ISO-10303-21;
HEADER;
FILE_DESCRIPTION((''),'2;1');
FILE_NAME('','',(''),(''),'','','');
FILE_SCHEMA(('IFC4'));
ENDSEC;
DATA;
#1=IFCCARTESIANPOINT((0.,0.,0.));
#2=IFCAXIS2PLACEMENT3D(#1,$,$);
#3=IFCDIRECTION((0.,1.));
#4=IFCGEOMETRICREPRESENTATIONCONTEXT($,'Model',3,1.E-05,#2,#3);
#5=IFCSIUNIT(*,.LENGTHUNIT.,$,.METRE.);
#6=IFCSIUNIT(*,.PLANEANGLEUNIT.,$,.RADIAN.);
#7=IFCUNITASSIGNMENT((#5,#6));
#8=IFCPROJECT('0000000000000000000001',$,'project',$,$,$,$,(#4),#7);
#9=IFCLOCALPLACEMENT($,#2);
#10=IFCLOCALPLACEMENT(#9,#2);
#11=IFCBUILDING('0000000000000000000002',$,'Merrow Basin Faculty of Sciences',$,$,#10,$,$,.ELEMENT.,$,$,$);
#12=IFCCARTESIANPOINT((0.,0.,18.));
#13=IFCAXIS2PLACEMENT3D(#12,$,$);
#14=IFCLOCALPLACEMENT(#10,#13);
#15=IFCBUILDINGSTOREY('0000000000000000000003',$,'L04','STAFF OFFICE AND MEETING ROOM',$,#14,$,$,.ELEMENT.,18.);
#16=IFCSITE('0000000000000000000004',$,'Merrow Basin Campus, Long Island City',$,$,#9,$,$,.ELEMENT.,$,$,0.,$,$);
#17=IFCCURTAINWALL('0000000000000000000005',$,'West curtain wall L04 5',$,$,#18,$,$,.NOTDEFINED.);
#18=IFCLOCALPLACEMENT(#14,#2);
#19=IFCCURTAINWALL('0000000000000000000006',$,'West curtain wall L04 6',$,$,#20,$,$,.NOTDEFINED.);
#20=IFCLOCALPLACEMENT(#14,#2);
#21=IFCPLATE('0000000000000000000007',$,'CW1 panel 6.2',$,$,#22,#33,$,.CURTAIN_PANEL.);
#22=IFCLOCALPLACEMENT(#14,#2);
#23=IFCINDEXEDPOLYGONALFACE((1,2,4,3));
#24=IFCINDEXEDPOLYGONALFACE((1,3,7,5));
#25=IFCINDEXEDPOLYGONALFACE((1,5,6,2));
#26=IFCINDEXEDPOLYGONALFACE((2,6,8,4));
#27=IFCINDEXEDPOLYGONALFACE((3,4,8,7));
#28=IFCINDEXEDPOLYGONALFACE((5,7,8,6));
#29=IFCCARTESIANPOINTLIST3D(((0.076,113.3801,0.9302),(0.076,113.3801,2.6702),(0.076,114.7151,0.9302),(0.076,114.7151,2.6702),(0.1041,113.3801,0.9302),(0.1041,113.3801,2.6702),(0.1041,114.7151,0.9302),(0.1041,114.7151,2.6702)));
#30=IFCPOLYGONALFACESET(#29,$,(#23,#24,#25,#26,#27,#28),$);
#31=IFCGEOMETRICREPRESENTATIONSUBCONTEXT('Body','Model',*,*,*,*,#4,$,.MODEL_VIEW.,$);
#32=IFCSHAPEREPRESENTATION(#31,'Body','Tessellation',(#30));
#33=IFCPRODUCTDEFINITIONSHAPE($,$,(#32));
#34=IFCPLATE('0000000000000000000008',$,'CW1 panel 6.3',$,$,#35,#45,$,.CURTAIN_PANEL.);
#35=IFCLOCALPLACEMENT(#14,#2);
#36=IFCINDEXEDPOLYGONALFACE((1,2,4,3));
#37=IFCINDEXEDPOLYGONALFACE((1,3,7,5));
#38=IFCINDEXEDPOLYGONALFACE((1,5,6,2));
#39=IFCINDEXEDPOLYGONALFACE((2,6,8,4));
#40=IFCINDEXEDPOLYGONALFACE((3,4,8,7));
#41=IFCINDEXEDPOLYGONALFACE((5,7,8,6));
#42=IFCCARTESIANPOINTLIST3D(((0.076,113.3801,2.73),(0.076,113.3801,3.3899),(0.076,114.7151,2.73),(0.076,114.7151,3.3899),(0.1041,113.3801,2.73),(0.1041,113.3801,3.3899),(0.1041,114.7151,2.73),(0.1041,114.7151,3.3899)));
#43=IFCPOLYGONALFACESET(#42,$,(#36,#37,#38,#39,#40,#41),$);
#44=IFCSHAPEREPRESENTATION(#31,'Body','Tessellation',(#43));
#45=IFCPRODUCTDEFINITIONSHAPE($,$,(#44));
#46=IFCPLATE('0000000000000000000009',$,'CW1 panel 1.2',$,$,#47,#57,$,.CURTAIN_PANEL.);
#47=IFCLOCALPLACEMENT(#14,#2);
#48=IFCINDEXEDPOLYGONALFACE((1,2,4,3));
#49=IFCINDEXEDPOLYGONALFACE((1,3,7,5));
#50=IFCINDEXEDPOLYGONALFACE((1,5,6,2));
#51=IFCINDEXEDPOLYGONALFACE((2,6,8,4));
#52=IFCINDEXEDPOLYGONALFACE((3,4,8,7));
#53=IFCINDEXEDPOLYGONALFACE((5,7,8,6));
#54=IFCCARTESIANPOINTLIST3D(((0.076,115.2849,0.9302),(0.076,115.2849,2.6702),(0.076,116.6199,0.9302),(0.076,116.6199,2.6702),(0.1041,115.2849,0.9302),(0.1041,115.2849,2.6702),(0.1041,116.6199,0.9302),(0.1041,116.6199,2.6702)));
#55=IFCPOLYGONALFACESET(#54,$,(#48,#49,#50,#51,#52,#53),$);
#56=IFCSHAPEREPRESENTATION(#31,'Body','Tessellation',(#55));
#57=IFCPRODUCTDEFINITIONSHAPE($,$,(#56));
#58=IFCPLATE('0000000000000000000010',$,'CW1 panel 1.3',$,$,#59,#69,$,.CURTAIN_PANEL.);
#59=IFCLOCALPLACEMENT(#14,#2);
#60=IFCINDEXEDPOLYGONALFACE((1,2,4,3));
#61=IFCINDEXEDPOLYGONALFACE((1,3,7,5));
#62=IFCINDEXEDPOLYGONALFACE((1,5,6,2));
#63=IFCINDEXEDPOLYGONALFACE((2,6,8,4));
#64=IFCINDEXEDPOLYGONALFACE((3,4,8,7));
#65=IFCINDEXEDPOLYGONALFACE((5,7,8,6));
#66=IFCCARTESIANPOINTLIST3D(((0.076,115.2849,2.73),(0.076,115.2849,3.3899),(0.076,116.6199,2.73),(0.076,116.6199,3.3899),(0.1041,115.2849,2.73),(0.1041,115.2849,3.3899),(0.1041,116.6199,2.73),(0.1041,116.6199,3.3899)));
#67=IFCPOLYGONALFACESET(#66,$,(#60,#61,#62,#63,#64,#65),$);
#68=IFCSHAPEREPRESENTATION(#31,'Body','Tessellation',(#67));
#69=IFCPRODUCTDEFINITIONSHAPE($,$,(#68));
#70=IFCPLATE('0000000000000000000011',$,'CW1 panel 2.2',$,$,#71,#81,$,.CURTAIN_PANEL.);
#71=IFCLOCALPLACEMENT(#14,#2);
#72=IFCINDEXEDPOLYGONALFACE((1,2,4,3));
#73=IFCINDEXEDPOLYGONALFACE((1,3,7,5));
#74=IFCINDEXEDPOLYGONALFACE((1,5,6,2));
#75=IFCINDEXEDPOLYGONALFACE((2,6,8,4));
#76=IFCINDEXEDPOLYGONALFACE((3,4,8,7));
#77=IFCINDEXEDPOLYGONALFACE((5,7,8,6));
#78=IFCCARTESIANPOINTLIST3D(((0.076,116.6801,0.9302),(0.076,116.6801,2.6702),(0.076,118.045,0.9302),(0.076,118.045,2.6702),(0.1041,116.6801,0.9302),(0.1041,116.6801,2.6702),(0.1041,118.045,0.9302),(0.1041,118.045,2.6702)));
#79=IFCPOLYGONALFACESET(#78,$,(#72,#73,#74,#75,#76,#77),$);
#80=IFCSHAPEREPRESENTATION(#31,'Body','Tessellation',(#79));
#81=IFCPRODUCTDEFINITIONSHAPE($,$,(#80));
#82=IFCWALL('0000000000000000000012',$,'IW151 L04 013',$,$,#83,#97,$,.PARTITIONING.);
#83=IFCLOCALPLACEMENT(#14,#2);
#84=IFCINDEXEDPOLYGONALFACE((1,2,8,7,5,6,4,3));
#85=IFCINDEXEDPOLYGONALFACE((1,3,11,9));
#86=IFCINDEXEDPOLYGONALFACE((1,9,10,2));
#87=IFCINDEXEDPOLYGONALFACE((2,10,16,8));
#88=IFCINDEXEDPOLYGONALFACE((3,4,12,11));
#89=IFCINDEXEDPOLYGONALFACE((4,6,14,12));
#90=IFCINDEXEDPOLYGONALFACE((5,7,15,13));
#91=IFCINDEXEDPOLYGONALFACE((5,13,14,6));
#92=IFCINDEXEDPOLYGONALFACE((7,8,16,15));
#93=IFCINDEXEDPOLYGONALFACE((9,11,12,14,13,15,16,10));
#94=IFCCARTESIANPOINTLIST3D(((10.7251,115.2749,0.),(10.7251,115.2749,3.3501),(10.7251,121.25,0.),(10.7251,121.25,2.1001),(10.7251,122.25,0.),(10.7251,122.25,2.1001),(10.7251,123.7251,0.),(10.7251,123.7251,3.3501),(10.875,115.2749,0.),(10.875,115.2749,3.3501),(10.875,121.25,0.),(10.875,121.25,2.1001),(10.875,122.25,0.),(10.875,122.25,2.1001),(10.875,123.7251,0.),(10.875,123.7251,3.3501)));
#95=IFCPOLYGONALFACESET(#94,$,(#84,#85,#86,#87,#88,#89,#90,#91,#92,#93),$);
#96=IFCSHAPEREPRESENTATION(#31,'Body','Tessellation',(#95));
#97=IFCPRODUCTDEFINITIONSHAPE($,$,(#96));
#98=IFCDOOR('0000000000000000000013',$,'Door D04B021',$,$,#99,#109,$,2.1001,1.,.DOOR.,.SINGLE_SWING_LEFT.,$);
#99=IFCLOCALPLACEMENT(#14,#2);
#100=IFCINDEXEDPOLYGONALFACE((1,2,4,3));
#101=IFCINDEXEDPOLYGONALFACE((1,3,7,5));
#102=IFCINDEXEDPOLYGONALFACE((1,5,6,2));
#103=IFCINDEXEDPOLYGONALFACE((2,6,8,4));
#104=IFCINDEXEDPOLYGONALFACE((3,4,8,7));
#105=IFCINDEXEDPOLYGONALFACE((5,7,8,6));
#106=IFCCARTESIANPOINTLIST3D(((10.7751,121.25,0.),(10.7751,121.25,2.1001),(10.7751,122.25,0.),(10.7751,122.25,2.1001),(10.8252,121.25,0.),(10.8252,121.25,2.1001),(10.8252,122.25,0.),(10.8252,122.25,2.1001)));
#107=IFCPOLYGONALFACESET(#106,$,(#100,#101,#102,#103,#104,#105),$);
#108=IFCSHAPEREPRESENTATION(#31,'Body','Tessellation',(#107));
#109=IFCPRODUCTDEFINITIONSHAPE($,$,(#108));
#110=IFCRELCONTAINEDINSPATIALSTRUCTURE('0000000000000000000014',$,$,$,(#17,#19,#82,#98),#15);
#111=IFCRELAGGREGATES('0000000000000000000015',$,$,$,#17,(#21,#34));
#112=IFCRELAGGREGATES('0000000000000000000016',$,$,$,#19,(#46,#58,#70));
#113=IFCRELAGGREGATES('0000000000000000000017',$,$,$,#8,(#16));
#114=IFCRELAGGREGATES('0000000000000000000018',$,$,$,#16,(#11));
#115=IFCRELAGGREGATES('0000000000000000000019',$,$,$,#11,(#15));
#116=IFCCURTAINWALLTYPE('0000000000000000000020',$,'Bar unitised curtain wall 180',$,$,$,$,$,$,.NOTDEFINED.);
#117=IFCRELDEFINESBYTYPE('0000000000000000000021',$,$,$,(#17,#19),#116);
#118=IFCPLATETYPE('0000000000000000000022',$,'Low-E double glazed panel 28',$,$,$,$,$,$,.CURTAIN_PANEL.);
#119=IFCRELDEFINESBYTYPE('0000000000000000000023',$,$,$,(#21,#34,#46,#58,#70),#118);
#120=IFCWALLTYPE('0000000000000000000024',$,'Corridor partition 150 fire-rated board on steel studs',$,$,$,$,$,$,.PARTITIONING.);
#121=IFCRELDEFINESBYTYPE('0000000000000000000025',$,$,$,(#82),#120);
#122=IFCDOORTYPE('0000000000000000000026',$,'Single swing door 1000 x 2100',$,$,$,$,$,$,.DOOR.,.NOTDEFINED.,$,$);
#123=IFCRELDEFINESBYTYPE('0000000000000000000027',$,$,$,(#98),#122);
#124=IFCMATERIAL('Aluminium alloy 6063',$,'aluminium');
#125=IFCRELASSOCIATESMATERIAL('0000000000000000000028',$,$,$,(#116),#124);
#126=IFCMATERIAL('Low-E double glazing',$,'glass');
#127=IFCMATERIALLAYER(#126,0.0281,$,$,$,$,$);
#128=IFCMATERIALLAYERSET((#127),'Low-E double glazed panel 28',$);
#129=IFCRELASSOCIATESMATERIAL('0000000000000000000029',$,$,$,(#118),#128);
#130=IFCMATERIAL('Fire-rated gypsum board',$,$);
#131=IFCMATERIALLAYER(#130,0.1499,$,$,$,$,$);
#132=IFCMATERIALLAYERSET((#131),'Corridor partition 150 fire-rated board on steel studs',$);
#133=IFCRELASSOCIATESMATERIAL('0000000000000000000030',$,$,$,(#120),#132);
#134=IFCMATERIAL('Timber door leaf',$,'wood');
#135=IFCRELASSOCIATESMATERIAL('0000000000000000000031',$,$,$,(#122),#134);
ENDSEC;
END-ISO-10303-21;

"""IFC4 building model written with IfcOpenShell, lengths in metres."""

from ifc_helpers import new_model, si_unit, direction, frame, frame_2d, origin, origin_2d, place, context, subcontext, project, spatial, rectangle, extrude, material, layer, layer_set, type_object, element, fill, aggregate, save


model = new_model("IFC4")

# Units and contexts
model_context = context("Model", 3, precision=1e-05, world=origin(), true_north=direction((0.0, 1.0)))
body_context = subcontext(model_context, "Body", "Model", "MODEL_VIEW")
ifc_project = project(units=[si_unit("LENGTHUNIT", "METRE"), si_unit("PLANEANGLEUNIT", "RADIAN")], contexts=[model_context])

# Site, building, storey
site_placement = place(None, origin())
site = spatial("IfcSite", under=ifc_project, at=site_placement, Name="Merrow Basin Campus, Long Island City", CompositionType="ELEMENT", RefElevation=0.0)
building_placement = place(site_placement, origin())
building = spatial("IfcBuilding", under=site, at=building_placement, Name="Merrow Basin Faculty of Sciences", CompositionType="ELEMENT")
storey_placement = place(building_placement, frame((0.0, 0.0, 18.0)))
storey = spatial("IfcBuildingStorey", under=building, at=storey_placement, Name="L04", Description="STAFF OFFICE AND MEETING ROOM", CompositionType="ELEMENT", Elevation=18.0)

# Curtain walls
ifc_material_1 = material(Name="Aluminium alloy 6063", Category="aluminium")
curtain_wall_type = type_object("IfcCurtainWallType", Name="Bar unitised curtain wall 180", PredefinedType="NOTDEFINED", material=ifc_material_1)
curtain_wall_1_placement = place(storey_placement, origin())
curtain_wall_1 = element("IfcCurtainWall", 1, at=curtain_wall_1_placement, inside=storey, type_object=curtain_wall_type, Name="West curtain wall L04 5", PredefinedType="NOTDEFINED")
curtain_wall_2_placement = place(storey_placement, origin())
curtain_wall_2 = element("IfcCurtainWall", 2, at=curtain_wall_2_placement, inside=storey, type_object=curtain_wall_type, Name="West curtain wall L04 6", PredefinedType="NOTDEFINED")

# Plates
ifc_material_2 = material(Name="Low-E double glazing", Category="glass")
ifc_layer_1 = layer(ifc_material_2, 0.0281)
ifc_layer_set_1 = layer_set([ifc_layer_1], Name="Low-E double glazed panel 28")
plate_type_1 = type_object("IfcPlateType", Name="Low-E double glazed panel 28", PredefinedType="CURTAIN_PANEL", material=ifc_layer_set_1)
plate_1_placement = place(storey_placement, frame((0.0901, 114.0476, 0.9302), z_axis=(0.0, 0.0, 1.0), x_axis=(0.0, 1.0, 0.0)))
plate_1 = element("IfcPlate", 3, at=plate_1_placement, type_object=plate_type_1, Name="CW1 panel 6.2", PredefinedType="CURTAIN_PANEL", context=body_context, shape_type="SweptSolid", body=[
    extrude(rectangle(XDim=1.335, YDim=0.0281, at=origin_2d()), origin(), (0.0, 0.0, 1.0), 1.74),
])
plate_2_placement = place(storey_placement, frame((0.0901, 114.0476, 2.73), z_axis=(0.0, 0.0, 1.0), x_axis=(0.0, 1.0, 0.0)))
plate_2 = element("IfcPlate", 4, at=plate_2_placement, type_object=plate_type_1, Name="CW1 panel 6.3", PredefinedType="CURTAIN_PANEL", context=body_context, shape_type="SweptSolid", body=[
    extrude(rectangle(XDim=1.335, YDim=0.0281, at=origin_2d()), origin(), (0.0, 0.0, 1.0), 0.6599),
])
aggregate(curtain_wall_1, [plate_1, plate_2])
plate_3_placement = place(storey_placement, frame((0.0901, 115.9524, 0.9302), z_axis=(0.0, 0.0, 1.0), x_axis=(0.0, 1.0, 0.0)))
plate_3 = element("IfcPlate", 5, at=plate_3_placement, type_object=plate_type_1, Name="CW1 panel 1.2", PredefinedType="CURTAIN_PANEL", context=body_context, shape_type="SweptSolid", body=[
    extrude(rectangle(XDim=1.335, YDim=0.0281, at=origin_2d()), origin(), (0.0, 0.0, 1.0), 1.74),
])
plate_4_placement = place(storey_placement, frame((0.0901, 115.9524, 2.73), z_axis=(0.0, 0.0, 1.0), x_axis=(0.0, 1.0, 0.0)))
plate_4 = element("IfcPlate", 6, at=plate_4_placement, type_object=plate_type_1, Name="CW1 panel 1.3", PredefinedType="CURTAIN_PANEL", context=body_context, shape_type="SweptSolid", body=[
    extrude(rectangle(XDim=1.335, YDim=0.0281, at=origin_2d()), origin(), (0.0, 0.0, 1.0), 0.6599),
])
plate_5_placement = place(storey_placement, frame((0.0901, 117.3625, 0.9302), z_axis=(0.0, 0.0, 1.0), x_axis=(0.0, 1.0, 0.0)))
plate_5 = element("IfcPlate", 7, at=plate_5_placement, type_object=plate_type_1, Name="CW1 panel 2.2", PredefinedType="CURTAIN_PANEL", context=body_context, shape_type="SweptSolid", body=[
    extrude(rectangle(XDim=1.365, YDim=0.0281, at=origin_2d()), origin(), (0.0, 0.0, 1.0), 1.74),
])
aggregate(curtain_wall_2, [plate_3, plate_4, plate_5])

# Wall, opening, door
ifc_material_3 = material(Name="Fire-rated gypsum board")
ifc_layer_2 = layer(ifc_material_3, 0.1499)
ifc_layer_set_2 = layer_set([ifc_layer_2], Name="Corridor partition 150 fire-rated board on steel studs")
wall_type = type_object("IfcWallType", Name="Corridor partition 150 fire-rated board on steel studs", PredefinedType="PARTITIONING", material=ifc_layer_set_2)
wall_placement = place(storey_placement, frame((10.8, 115.2749, 0.0), z_axis=(0.0, 0.0, 1.0), x_axis=(0.0, 1.0, 0.0)))
wall = element("IfcWall", 8, at=wall_placement, inside=storey, type_object=wall_type, Name="IW151 L04 013", PredefinedType="PARTITIONING", context=body_context, shape_type="SweptSolid", body=[
    extrude(rectangle(XDim=8.4502, YDim=0.1499, at=frame_2d((4.2251, 0.0))), origin(), (0.0, 0.0, 1.0), 3.3501),
])
opening_placement = place(wall_placement, frame((5.9751, 0.0, 0.0)))
opening = element("IfcOpeningElement", 9, at=opening_placement, cuts=wall, PredefinedType="OPENING", context=body_context, shape_type="SweptSolid", body=[
    extrude(rectangle(XDim=1.0, YDim=2.1001, at=frame_2d((0.5, 1.05))), frame((0.0, 0.085, 0.0), z_axis=(0.0, -1.0, 0.0), x_axis=(1.0, 0.0, 0.0)), (0.0, 0.0, 1.0), 0.1699),
])
ifc_material_4 = material(Name="Timber door leaf", Category="wood")
door_type = type_object("IfcDoorType", Name="Single swing door 1000 x 2100", OperationType="NOTDEFINED", PredefinedType="DOOR", material=ifc_material_4)
door_placement = place(opening_placement, origin())
door = element("IfcDoor", 10, at=door_placement, inside=storey, type_object=door_type, Name="Door D04B021", OperationType="SINGLE_SWING_LEFT", OverallHeight=2.1001, OverallWidth=1.0, PredefinedType="DOOR", context=body_context, shape_type="SweptSolid", body=[
    extrude(rectangle(XDim=1.0, YDim=2.1001, at=frame_2d((0.5, 1.05))), frame((0.0, 0.0249, 0.0), z_axis=(0.0, -1.0, 0.0), x_axis=(1.0, 0.0, 0.0)), (0.0, 0.0, 1.0), 0.05),
])
fill(opening, door)

save(model, "model.ifc")
